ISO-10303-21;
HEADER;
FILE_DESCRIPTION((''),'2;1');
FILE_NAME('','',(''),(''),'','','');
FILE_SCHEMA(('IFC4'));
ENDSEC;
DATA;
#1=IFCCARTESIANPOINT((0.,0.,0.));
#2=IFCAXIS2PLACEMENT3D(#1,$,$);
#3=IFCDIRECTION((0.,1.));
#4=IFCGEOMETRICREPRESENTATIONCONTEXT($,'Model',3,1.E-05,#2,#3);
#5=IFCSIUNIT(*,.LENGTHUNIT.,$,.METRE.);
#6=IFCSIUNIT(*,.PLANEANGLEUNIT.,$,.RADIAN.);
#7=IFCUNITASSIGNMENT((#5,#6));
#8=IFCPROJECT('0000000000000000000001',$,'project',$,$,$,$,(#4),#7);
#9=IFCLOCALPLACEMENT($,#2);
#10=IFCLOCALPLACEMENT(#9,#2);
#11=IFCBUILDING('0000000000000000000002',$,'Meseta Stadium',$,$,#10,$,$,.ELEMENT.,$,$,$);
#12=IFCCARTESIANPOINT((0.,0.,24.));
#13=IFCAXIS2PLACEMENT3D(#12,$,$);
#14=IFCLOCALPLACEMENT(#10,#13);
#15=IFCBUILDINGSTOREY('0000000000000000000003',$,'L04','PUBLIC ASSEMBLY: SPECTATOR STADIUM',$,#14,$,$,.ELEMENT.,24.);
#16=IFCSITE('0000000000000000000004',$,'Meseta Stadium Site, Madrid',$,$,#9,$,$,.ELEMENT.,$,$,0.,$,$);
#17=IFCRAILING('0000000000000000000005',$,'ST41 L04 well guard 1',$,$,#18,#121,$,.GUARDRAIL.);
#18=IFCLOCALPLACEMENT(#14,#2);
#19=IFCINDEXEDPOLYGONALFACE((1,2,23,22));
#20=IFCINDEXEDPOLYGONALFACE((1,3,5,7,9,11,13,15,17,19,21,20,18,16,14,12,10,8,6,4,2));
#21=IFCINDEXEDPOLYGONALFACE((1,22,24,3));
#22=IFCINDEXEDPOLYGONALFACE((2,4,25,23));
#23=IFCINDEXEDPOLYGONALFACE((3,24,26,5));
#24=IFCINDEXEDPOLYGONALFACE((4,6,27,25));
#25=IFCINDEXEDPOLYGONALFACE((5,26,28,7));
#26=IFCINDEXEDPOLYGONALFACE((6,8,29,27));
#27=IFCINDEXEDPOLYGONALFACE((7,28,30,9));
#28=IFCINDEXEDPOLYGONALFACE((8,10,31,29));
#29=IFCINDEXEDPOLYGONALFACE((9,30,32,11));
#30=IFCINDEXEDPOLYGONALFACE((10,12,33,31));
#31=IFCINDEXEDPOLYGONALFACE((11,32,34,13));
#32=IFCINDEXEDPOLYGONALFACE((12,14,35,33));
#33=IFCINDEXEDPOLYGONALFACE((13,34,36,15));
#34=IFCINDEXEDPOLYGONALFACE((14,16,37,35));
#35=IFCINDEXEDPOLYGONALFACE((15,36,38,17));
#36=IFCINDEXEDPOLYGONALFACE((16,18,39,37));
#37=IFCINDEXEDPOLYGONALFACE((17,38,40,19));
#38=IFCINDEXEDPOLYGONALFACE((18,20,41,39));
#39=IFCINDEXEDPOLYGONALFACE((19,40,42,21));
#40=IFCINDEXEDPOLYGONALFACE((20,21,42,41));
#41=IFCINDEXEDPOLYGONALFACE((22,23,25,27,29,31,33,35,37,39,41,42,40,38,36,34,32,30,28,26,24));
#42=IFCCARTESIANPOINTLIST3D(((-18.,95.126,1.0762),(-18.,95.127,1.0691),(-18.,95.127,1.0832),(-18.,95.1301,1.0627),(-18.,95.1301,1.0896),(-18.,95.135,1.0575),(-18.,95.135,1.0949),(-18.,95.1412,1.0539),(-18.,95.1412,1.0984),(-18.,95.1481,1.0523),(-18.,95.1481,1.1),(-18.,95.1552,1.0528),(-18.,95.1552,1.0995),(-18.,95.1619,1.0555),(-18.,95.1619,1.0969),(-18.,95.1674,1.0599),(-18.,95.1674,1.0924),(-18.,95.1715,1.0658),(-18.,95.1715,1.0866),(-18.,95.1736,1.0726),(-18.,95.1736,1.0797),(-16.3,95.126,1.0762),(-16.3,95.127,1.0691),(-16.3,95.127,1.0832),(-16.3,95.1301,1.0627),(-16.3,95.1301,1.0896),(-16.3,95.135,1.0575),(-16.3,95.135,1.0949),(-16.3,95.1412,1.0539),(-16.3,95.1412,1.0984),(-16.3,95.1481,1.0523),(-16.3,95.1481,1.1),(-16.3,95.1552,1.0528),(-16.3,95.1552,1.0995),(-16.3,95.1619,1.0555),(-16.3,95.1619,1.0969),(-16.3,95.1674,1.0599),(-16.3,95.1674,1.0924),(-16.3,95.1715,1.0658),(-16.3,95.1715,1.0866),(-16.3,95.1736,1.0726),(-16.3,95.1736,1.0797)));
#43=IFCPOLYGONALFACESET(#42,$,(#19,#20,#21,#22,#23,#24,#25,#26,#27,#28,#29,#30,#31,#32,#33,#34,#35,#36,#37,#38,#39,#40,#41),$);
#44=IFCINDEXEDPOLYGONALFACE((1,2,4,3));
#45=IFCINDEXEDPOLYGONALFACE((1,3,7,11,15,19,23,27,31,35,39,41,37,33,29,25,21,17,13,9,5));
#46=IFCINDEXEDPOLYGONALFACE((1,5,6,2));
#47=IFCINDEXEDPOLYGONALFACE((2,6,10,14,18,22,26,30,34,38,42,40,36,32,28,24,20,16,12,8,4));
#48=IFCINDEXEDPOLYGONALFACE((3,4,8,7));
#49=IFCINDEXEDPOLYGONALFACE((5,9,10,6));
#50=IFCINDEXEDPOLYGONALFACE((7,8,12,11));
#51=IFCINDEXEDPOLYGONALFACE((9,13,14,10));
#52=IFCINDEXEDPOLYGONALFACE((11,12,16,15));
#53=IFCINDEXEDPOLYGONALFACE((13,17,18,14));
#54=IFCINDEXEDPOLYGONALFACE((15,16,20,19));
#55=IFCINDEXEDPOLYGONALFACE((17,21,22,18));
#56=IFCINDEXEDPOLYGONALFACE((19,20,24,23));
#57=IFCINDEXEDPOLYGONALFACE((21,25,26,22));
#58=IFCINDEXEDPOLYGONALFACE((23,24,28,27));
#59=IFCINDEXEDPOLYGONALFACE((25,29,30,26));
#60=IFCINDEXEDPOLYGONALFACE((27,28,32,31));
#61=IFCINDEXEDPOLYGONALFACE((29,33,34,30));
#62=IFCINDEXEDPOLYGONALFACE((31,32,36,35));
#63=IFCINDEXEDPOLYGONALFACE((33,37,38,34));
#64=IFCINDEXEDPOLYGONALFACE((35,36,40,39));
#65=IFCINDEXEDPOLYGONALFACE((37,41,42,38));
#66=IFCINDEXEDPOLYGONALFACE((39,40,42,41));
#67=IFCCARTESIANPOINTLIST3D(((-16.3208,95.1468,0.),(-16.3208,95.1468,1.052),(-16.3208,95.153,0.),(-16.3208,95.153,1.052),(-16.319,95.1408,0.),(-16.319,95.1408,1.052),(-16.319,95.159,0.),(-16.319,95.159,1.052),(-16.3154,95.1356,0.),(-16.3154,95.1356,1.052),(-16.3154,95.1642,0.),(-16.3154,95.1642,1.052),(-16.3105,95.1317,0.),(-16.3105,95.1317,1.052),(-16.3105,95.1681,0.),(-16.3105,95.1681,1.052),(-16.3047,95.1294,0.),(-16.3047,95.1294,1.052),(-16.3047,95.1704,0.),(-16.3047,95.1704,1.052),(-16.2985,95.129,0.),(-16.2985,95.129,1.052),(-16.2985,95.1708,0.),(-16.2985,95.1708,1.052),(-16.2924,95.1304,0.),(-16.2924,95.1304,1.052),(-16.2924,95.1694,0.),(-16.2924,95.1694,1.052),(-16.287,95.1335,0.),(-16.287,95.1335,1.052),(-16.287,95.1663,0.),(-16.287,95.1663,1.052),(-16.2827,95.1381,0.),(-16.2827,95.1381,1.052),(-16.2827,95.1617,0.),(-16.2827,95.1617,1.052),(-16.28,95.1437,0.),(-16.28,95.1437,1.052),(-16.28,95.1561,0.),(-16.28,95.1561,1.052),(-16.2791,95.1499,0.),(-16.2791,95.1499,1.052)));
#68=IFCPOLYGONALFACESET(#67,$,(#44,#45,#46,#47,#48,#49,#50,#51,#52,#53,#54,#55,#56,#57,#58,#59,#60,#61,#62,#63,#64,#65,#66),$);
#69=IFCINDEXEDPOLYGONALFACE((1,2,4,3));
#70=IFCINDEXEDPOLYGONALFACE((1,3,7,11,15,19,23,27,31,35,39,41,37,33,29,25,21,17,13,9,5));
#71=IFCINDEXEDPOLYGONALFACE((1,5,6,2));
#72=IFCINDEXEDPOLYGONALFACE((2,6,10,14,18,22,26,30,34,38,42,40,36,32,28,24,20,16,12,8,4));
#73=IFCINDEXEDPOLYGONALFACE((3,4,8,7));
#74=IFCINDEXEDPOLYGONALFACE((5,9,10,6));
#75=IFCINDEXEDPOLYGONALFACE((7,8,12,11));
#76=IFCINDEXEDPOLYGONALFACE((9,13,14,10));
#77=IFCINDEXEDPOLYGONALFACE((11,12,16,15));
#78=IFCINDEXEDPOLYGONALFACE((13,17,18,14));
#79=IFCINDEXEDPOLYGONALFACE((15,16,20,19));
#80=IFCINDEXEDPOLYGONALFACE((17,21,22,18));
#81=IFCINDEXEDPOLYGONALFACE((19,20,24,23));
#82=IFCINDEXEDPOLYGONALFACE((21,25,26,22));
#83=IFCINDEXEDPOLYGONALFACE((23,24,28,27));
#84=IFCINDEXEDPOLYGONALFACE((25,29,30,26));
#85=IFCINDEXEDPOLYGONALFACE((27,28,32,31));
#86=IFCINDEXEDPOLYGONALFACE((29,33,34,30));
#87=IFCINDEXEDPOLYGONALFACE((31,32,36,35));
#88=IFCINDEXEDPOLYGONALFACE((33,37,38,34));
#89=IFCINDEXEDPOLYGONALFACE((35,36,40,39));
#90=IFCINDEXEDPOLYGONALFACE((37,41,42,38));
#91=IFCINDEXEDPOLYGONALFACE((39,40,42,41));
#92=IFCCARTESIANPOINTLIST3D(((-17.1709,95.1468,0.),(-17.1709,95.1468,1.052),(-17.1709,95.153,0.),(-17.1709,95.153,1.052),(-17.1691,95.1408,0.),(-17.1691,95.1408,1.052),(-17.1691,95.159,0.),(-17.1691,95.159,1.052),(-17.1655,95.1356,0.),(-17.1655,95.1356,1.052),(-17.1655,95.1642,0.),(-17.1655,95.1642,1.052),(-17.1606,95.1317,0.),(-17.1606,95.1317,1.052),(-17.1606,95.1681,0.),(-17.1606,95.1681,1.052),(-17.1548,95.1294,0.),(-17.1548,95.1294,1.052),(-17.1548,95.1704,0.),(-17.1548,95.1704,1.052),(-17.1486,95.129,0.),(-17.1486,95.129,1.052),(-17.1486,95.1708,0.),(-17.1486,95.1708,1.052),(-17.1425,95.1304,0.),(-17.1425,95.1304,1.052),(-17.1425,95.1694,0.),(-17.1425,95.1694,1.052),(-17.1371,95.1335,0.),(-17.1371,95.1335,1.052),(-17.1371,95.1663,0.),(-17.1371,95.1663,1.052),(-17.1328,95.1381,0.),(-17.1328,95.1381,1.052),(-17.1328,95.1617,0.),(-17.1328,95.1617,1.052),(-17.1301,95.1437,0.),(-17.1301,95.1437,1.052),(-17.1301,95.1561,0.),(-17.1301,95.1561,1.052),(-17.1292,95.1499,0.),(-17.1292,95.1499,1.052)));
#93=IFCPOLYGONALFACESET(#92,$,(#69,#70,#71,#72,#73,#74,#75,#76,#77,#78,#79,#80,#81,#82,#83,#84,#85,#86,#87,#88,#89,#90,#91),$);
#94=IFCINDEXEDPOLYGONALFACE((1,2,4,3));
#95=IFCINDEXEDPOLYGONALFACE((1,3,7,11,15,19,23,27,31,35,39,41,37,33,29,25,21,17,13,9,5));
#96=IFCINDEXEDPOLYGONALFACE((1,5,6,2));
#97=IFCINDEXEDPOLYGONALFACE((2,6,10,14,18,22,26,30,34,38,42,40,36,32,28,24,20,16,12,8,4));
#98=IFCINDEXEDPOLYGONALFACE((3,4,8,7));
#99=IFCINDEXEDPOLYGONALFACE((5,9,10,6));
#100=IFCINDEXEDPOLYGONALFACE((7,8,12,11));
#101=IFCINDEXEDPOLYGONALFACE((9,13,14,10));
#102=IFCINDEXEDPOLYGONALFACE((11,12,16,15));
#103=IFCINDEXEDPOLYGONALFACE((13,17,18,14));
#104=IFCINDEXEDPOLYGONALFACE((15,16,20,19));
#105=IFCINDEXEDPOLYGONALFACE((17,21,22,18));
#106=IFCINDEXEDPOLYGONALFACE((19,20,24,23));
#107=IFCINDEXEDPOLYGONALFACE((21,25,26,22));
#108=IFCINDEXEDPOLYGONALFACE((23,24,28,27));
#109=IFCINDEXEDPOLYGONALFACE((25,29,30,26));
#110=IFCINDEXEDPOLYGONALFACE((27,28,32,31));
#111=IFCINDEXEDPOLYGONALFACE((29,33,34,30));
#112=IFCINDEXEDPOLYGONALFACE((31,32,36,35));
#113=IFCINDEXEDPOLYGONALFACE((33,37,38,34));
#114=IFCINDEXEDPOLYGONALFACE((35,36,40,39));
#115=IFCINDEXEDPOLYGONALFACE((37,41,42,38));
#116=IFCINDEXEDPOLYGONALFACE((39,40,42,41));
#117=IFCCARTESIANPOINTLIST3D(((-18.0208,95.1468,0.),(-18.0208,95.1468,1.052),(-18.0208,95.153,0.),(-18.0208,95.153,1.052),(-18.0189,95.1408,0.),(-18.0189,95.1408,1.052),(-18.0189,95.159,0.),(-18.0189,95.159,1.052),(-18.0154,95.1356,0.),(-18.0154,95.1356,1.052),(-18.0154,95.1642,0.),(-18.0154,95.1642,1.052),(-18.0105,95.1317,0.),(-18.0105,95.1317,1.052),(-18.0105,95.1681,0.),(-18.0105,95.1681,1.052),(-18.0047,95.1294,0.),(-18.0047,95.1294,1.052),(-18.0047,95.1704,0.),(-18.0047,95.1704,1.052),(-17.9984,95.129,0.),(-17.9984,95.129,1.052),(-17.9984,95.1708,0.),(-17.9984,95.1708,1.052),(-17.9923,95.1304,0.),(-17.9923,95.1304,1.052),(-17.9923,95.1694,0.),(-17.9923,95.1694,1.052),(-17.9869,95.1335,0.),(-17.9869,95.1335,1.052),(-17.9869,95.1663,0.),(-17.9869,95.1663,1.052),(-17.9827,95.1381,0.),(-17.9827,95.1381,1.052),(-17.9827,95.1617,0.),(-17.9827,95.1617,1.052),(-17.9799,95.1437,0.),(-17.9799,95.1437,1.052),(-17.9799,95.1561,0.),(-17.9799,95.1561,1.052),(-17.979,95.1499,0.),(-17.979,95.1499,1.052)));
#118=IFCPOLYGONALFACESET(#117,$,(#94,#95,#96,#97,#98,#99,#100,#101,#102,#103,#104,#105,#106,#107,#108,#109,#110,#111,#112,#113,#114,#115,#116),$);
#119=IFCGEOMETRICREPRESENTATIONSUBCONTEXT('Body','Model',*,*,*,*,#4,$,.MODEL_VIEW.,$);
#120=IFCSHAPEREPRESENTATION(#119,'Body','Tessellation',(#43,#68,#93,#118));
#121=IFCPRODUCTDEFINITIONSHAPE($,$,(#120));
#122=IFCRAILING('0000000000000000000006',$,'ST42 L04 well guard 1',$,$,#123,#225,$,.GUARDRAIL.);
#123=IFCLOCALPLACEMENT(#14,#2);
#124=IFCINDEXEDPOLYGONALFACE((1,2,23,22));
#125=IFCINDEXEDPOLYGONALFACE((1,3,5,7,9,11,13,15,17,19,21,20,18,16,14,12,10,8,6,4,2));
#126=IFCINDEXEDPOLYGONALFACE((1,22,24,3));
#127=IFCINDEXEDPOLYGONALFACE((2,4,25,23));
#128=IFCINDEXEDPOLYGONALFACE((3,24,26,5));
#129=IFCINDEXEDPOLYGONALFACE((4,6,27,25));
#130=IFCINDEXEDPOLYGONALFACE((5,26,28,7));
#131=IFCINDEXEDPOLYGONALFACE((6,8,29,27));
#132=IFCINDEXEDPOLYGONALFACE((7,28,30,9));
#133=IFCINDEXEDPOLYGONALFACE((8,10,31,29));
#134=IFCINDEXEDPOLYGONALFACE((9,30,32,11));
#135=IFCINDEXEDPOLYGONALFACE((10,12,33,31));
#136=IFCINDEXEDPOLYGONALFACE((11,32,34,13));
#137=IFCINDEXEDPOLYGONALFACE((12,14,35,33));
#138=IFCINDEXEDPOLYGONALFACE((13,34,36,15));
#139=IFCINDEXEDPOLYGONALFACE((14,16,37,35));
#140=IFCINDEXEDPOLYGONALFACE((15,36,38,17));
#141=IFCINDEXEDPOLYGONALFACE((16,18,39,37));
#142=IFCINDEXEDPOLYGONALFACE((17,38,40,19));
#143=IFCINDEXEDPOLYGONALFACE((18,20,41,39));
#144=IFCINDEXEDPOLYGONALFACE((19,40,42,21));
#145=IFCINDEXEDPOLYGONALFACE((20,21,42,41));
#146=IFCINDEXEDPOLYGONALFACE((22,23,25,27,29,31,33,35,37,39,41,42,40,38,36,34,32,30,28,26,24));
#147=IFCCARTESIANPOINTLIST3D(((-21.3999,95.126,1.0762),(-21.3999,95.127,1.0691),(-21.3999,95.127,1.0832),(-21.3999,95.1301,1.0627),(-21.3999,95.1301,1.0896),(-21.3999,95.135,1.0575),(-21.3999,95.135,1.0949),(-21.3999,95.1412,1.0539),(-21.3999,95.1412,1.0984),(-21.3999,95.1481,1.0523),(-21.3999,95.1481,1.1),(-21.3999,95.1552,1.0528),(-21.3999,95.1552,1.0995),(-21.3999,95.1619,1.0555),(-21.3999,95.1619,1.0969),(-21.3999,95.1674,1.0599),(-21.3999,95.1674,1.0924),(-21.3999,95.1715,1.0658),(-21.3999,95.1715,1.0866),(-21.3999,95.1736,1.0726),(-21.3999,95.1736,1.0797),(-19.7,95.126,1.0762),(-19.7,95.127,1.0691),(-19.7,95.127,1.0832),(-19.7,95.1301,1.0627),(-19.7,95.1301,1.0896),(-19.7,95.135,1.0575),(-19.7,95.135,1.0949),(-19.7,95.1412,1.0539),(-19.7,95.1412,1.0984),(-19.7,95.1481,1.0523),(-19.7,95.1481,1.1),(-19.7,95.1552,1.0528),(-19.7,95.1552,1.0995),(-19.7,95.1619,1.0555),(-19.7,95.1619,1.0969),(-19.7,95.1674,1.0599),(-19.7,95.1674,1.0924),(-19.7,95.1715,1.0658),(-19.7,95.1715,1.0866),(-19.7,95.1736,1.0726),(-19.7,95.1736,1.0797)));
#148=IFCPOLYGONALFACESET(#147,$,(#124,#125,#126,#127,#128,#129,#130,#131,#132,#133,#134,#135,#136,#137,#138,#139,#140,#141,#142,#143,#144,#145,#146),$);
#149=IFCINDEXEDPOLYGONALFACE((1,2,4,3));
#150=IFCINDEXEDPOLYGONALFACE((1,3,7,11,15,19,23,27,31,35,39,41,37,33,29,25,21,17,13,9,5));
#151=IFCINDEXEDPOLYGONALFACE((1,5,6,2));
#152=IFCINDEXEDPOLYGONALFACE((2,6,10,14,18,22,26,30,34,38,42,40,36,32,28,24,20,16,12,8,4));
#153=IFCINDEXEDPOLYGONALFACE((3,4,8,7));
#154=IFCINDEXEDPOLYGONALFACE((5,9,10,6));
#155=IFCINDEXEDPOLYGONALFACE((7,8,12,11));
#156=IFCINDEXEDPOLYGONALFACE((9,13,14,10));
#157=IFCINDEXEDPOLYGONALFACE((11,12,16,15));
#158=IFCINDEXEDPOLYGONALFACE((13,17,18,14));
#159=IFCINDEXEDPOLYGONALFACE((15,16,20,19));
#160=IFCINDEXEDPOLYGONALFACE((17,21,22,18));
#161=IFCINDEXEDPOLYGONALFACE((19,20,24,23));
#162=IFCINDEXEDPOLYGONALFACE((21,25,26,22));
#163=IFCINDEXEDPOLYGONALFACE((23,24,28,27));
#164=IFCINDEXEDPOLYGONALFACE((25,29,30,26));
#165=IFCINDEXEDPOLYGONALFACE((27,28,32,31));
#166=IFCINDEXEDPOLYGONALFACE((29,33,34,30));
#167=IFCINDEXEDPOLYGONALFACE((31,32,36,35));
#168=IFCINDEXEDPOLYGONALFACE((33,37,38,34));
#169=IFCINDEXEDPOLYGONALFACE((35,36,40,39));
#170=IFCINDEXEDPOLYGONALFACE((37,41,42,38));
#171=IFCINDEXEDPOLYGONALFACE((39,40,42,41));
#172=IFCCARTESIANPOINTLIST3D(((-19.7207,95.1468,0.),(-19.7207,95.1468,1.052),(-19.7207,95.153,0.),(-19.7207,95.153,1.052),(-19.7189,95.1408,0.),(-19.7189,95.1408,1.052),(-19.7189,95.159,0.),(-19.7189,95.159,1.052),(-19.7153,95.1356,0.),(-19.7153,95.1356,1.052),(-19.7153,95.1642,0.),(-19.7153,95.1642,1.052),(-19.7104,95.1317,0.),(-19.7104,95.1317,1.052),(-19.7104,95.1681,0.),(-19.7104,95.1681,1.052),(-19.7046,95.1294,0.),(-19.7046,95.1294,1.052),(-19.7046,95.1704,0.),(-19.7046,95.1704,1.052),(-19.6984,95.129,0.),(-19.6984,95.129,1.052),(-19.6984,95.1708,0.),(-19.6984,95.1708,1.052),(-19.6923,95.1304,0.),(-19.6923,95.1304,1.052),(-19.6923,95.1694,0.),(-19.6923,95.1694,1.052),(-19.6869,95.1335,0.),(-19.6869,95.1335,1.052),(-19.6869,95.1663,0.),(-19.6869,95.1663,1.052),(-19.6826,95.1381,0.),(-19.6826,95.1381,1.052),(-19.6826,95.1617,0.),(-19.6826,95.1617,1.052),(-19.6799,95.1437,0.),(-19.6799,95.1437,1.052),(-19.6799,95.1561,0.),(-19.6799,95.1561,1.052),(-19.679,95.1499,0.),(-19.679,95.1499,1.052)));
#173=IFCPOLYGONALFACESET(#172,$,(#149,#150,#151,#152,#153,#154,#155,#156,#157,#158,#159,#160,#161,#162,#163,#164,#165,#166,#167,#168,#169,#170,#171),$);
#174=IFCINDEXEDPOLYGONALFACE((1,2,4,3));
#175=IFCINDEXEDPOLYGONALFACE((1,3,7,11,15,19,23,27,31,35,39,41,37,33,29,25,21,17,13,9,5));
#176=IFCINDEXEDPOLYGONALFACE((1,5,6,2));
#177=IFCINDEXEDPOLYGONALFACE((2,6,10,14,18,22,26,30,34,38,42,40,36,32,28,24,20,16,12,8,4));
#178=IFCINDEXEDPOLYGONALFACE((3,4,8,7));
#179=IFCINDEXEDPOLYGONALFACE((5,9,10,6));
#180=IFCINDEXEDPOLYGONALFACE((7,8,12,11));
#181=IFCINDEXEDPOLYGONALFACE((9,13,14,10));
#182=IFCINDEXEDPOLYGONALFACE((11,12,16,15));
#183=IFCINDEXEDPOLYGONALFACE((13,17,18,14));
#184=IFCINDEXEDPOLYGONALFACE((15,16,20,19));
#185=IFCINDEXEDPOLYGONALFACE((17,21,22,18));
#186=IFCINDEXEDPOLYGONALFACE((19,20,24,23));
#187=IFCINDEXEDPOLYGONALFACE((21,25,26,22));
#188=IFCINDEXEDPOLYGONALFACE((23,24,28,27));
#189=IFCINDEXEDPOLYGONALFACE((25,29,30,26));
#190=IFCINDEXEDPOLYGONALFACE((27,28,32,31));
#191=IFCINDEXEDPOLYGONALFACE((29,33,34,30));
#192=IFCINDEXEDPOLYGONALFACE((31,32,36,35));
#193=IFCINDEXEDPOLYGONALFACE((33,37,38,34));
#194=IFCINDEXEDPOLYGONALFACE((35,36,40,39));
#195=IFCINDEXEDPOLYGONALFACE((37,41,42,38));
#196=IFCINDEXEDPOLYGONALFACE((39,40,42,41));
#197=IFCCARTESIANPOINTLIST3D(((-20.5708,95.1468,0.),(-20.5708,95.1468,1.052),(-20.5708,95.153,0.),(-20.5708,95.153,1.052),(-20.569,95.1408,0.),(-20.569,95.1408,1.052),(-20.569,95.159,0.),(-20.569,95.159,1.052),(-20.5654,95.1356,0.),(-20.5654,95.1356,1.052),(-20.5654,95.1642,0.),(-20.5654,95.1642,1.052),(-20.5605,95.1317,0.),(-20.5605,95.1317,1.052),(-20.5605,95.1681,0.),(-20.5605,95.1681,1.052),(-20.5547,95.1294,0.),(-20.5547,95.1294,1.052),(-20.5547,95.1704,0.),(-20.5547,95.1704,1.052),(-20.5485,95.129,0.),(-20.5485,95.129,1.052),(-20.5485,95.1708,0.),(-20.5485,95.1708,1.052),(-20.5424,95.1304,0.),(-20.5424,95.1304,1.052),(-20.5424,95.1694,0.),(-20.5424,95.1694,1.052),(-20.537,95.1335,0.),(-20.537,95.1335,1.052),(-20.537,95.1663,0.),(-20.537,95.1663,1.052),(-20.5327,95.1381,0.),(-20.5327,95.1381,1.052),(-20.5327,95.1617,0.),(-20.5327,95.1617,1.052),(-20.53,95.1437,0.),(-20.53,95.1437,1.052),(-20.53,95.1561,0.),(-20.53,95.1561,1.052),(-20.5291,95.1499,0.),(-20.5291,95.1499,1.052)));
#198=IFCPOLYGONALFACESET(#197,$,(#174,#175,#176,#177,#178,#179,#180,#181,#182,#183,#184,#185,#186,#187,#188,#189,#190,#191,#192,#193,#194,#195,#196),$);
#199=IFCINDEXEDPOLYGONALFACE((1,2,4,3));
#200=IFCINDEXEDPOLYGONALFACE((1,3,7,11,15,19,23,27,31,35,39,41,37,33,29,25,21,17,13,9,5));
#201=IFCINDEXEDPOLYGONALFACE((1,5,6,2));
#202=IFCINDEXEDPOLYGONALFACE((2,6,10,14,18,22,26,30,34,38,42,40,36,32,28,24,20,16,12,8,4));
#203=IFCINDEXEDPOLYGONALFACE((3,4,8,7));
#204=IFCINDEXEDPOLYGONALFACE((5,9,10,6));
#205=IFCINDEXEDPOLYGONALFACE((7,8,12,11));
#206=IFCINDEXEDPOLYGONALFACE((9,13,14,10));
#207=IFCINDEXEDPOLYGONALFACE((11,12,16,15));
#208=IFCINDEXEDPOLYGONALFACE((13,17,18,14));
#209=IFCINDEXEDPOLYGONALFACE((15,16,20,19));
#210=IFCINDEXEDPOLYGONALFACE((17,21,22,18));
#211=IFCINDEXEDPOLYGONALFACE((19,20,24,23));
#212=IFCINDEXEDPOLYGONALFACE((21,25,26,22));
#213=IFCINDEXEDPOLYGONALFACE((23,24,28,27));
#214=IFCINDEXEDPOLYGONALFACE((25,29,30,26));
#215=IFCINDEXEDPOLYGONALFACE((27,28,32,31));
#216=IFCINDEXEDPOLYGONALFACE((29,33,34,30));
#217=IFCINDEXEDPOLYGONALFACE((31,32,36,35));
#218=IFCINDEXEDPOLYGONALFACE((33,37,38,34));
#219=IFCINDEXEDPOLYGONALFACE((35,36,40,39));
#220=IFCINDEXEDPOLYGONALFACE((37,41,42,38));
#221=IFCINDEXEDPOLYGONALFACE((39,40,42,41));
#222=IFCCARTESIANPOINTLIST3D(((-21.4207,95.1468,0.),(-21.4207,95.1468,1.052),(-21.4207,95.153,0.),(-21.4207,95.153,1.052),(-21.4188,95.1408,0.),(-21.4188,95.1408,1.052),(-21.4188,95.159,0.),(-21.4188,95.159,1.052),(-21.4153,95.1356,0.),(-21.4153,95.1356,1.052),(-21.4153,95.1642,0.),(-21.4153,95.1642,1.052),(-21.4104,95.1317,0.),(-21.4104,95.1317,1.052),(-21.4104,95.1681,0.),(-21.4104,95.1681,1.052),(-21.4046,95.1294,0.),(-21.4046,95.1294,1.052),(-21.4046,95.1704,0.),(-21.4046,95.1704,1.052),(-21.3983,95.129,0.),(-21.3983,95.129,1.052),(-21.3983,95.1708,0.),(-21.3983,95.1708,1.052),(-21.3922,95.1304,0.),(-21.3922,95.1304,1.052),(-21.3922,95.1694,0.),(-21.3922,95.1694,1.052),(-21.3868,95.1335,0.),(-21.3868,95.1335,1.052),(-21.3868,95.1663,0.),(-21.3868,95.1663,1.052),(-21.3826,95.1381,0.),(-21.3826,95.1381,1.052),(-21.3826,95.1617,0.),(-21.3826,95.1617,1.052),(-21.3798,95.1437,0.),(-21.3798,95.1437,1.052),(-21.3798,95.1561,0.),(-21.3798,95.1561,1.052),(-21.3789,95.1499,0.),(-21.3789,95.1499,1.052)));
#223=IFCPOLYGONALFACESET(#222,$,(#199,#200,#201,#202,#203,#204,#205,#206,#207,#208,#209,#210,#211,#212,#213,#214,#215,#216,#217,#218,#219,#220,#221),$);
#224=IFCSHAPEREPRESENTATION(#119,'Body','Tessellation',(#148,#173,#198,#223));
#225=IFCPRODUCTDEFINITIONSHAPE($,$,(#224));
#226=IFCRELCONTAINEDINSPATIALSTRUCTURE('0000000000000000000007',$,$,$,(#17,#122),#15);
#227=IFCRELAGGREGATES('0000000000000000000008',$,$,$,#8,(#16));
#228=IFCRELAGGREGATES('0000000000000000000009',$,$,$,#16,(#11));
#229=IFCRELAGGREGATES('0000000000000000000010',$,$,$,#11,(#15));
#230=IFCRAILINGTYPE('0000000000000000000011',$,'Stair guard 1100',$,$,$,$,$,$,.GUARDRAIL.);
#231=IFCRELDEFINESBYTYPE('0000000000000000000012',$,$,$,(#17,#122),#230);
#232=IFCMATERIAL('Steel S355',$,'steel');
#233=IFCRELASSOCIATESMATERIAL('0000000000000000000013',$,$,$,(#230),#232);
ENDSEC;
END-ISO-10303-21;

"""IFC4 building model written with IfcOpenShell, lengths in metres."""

from ifc_helpers import new_model, si_unit, direction, frame, origin, origin_2d, place, context, subcontext, project, spatial, circle, extrude, material, type_object, element, save


model = new_model("IFC4")

# Units and contexts
model_context = context("Model", 3, precision=1e-05, world=origin(), true_north=direction((0.0, 1.0)))
body_context = subcontext(model_context, "Body", "Model", "MODEL_VIEW")
ifc_project = project(units=[si_unit("LENGTHUNIT", "METRE"), si_unit("PLANEANGLEUNIT", "RADIAN")], contexts=[model_context])

# Site, building, storey
site_placement = place(None, origin())
site = spatial("IfcSite", under=ifc_project, at=site_placement, Name="Meseta Stadium Site, Madrid", CompositionType="ELEMENT", RefElevation=0.0)
building_placement = place(site_placement, origin())
building = spatial("IfcBuilding", under=site, at=building_placement, Name="Meseta Stadium", CompositionType="ELEMENT")
storey_placement = place(building_placement, frame((0.0, 0.0, 24.0)))
storey = spatial("IfcBuildingStorey", under=building, at=storey_placement, Name="L04", Description="PUBLIC ASSEMBLY: SPECTATOR STADIUM", CompositionType="ELEMENT", Elevation=24.0)

# Railings
ifc_material_1 = material(Name="Steel S355", Category="steel")
railing_type = type_object("IfcRailingType", Name="Stair guard 1100", PredefinedType="GUARDRAIL", material=ifc_material_1)
for number, where, name in (
    (1, (-16.3, 95.1499, 0.0), "ST41 L04 well guard 1"),
    (2, (-19.7, 95.1499, 0.0), "ST42 L04 well guard 1"),
):
    element("IfcRailing", number, at=place(storey_placement, frame(where)), inside=storey, type_object=railing_type, Name=name, PredefinedType="GUARDRAIL", context=body_context, shape_type="SweptSolid", body=[
        extrude(circle(Radius=0.0239, at=origin_2d()), frame((0.0, 0.0, 1.0762), z_axis=(-1.0, 0.0, 0.0), x_axis=(0.0, -1.0, 0.0)), (0.0, 0.0, 1.0), 1.7),
        extrude(circle(Radius=0.021, at=origin_2d()), origin(), (0.0, 0.0, 1.0), 1.052),
        extrude(circle(Radius=0.021, at=origin_2d()), frame((-0.8501, 0.0, 0.0)), (0.0, 0.0, 1.0), 1.052),
        extrude(circle(Radius=0.021, at=origin_2d()), frame((-1.7, 0.0, 0.0)), (0.0, 0.0, 1.0), 1.052),
    ])

save(model, "model.ifc")
